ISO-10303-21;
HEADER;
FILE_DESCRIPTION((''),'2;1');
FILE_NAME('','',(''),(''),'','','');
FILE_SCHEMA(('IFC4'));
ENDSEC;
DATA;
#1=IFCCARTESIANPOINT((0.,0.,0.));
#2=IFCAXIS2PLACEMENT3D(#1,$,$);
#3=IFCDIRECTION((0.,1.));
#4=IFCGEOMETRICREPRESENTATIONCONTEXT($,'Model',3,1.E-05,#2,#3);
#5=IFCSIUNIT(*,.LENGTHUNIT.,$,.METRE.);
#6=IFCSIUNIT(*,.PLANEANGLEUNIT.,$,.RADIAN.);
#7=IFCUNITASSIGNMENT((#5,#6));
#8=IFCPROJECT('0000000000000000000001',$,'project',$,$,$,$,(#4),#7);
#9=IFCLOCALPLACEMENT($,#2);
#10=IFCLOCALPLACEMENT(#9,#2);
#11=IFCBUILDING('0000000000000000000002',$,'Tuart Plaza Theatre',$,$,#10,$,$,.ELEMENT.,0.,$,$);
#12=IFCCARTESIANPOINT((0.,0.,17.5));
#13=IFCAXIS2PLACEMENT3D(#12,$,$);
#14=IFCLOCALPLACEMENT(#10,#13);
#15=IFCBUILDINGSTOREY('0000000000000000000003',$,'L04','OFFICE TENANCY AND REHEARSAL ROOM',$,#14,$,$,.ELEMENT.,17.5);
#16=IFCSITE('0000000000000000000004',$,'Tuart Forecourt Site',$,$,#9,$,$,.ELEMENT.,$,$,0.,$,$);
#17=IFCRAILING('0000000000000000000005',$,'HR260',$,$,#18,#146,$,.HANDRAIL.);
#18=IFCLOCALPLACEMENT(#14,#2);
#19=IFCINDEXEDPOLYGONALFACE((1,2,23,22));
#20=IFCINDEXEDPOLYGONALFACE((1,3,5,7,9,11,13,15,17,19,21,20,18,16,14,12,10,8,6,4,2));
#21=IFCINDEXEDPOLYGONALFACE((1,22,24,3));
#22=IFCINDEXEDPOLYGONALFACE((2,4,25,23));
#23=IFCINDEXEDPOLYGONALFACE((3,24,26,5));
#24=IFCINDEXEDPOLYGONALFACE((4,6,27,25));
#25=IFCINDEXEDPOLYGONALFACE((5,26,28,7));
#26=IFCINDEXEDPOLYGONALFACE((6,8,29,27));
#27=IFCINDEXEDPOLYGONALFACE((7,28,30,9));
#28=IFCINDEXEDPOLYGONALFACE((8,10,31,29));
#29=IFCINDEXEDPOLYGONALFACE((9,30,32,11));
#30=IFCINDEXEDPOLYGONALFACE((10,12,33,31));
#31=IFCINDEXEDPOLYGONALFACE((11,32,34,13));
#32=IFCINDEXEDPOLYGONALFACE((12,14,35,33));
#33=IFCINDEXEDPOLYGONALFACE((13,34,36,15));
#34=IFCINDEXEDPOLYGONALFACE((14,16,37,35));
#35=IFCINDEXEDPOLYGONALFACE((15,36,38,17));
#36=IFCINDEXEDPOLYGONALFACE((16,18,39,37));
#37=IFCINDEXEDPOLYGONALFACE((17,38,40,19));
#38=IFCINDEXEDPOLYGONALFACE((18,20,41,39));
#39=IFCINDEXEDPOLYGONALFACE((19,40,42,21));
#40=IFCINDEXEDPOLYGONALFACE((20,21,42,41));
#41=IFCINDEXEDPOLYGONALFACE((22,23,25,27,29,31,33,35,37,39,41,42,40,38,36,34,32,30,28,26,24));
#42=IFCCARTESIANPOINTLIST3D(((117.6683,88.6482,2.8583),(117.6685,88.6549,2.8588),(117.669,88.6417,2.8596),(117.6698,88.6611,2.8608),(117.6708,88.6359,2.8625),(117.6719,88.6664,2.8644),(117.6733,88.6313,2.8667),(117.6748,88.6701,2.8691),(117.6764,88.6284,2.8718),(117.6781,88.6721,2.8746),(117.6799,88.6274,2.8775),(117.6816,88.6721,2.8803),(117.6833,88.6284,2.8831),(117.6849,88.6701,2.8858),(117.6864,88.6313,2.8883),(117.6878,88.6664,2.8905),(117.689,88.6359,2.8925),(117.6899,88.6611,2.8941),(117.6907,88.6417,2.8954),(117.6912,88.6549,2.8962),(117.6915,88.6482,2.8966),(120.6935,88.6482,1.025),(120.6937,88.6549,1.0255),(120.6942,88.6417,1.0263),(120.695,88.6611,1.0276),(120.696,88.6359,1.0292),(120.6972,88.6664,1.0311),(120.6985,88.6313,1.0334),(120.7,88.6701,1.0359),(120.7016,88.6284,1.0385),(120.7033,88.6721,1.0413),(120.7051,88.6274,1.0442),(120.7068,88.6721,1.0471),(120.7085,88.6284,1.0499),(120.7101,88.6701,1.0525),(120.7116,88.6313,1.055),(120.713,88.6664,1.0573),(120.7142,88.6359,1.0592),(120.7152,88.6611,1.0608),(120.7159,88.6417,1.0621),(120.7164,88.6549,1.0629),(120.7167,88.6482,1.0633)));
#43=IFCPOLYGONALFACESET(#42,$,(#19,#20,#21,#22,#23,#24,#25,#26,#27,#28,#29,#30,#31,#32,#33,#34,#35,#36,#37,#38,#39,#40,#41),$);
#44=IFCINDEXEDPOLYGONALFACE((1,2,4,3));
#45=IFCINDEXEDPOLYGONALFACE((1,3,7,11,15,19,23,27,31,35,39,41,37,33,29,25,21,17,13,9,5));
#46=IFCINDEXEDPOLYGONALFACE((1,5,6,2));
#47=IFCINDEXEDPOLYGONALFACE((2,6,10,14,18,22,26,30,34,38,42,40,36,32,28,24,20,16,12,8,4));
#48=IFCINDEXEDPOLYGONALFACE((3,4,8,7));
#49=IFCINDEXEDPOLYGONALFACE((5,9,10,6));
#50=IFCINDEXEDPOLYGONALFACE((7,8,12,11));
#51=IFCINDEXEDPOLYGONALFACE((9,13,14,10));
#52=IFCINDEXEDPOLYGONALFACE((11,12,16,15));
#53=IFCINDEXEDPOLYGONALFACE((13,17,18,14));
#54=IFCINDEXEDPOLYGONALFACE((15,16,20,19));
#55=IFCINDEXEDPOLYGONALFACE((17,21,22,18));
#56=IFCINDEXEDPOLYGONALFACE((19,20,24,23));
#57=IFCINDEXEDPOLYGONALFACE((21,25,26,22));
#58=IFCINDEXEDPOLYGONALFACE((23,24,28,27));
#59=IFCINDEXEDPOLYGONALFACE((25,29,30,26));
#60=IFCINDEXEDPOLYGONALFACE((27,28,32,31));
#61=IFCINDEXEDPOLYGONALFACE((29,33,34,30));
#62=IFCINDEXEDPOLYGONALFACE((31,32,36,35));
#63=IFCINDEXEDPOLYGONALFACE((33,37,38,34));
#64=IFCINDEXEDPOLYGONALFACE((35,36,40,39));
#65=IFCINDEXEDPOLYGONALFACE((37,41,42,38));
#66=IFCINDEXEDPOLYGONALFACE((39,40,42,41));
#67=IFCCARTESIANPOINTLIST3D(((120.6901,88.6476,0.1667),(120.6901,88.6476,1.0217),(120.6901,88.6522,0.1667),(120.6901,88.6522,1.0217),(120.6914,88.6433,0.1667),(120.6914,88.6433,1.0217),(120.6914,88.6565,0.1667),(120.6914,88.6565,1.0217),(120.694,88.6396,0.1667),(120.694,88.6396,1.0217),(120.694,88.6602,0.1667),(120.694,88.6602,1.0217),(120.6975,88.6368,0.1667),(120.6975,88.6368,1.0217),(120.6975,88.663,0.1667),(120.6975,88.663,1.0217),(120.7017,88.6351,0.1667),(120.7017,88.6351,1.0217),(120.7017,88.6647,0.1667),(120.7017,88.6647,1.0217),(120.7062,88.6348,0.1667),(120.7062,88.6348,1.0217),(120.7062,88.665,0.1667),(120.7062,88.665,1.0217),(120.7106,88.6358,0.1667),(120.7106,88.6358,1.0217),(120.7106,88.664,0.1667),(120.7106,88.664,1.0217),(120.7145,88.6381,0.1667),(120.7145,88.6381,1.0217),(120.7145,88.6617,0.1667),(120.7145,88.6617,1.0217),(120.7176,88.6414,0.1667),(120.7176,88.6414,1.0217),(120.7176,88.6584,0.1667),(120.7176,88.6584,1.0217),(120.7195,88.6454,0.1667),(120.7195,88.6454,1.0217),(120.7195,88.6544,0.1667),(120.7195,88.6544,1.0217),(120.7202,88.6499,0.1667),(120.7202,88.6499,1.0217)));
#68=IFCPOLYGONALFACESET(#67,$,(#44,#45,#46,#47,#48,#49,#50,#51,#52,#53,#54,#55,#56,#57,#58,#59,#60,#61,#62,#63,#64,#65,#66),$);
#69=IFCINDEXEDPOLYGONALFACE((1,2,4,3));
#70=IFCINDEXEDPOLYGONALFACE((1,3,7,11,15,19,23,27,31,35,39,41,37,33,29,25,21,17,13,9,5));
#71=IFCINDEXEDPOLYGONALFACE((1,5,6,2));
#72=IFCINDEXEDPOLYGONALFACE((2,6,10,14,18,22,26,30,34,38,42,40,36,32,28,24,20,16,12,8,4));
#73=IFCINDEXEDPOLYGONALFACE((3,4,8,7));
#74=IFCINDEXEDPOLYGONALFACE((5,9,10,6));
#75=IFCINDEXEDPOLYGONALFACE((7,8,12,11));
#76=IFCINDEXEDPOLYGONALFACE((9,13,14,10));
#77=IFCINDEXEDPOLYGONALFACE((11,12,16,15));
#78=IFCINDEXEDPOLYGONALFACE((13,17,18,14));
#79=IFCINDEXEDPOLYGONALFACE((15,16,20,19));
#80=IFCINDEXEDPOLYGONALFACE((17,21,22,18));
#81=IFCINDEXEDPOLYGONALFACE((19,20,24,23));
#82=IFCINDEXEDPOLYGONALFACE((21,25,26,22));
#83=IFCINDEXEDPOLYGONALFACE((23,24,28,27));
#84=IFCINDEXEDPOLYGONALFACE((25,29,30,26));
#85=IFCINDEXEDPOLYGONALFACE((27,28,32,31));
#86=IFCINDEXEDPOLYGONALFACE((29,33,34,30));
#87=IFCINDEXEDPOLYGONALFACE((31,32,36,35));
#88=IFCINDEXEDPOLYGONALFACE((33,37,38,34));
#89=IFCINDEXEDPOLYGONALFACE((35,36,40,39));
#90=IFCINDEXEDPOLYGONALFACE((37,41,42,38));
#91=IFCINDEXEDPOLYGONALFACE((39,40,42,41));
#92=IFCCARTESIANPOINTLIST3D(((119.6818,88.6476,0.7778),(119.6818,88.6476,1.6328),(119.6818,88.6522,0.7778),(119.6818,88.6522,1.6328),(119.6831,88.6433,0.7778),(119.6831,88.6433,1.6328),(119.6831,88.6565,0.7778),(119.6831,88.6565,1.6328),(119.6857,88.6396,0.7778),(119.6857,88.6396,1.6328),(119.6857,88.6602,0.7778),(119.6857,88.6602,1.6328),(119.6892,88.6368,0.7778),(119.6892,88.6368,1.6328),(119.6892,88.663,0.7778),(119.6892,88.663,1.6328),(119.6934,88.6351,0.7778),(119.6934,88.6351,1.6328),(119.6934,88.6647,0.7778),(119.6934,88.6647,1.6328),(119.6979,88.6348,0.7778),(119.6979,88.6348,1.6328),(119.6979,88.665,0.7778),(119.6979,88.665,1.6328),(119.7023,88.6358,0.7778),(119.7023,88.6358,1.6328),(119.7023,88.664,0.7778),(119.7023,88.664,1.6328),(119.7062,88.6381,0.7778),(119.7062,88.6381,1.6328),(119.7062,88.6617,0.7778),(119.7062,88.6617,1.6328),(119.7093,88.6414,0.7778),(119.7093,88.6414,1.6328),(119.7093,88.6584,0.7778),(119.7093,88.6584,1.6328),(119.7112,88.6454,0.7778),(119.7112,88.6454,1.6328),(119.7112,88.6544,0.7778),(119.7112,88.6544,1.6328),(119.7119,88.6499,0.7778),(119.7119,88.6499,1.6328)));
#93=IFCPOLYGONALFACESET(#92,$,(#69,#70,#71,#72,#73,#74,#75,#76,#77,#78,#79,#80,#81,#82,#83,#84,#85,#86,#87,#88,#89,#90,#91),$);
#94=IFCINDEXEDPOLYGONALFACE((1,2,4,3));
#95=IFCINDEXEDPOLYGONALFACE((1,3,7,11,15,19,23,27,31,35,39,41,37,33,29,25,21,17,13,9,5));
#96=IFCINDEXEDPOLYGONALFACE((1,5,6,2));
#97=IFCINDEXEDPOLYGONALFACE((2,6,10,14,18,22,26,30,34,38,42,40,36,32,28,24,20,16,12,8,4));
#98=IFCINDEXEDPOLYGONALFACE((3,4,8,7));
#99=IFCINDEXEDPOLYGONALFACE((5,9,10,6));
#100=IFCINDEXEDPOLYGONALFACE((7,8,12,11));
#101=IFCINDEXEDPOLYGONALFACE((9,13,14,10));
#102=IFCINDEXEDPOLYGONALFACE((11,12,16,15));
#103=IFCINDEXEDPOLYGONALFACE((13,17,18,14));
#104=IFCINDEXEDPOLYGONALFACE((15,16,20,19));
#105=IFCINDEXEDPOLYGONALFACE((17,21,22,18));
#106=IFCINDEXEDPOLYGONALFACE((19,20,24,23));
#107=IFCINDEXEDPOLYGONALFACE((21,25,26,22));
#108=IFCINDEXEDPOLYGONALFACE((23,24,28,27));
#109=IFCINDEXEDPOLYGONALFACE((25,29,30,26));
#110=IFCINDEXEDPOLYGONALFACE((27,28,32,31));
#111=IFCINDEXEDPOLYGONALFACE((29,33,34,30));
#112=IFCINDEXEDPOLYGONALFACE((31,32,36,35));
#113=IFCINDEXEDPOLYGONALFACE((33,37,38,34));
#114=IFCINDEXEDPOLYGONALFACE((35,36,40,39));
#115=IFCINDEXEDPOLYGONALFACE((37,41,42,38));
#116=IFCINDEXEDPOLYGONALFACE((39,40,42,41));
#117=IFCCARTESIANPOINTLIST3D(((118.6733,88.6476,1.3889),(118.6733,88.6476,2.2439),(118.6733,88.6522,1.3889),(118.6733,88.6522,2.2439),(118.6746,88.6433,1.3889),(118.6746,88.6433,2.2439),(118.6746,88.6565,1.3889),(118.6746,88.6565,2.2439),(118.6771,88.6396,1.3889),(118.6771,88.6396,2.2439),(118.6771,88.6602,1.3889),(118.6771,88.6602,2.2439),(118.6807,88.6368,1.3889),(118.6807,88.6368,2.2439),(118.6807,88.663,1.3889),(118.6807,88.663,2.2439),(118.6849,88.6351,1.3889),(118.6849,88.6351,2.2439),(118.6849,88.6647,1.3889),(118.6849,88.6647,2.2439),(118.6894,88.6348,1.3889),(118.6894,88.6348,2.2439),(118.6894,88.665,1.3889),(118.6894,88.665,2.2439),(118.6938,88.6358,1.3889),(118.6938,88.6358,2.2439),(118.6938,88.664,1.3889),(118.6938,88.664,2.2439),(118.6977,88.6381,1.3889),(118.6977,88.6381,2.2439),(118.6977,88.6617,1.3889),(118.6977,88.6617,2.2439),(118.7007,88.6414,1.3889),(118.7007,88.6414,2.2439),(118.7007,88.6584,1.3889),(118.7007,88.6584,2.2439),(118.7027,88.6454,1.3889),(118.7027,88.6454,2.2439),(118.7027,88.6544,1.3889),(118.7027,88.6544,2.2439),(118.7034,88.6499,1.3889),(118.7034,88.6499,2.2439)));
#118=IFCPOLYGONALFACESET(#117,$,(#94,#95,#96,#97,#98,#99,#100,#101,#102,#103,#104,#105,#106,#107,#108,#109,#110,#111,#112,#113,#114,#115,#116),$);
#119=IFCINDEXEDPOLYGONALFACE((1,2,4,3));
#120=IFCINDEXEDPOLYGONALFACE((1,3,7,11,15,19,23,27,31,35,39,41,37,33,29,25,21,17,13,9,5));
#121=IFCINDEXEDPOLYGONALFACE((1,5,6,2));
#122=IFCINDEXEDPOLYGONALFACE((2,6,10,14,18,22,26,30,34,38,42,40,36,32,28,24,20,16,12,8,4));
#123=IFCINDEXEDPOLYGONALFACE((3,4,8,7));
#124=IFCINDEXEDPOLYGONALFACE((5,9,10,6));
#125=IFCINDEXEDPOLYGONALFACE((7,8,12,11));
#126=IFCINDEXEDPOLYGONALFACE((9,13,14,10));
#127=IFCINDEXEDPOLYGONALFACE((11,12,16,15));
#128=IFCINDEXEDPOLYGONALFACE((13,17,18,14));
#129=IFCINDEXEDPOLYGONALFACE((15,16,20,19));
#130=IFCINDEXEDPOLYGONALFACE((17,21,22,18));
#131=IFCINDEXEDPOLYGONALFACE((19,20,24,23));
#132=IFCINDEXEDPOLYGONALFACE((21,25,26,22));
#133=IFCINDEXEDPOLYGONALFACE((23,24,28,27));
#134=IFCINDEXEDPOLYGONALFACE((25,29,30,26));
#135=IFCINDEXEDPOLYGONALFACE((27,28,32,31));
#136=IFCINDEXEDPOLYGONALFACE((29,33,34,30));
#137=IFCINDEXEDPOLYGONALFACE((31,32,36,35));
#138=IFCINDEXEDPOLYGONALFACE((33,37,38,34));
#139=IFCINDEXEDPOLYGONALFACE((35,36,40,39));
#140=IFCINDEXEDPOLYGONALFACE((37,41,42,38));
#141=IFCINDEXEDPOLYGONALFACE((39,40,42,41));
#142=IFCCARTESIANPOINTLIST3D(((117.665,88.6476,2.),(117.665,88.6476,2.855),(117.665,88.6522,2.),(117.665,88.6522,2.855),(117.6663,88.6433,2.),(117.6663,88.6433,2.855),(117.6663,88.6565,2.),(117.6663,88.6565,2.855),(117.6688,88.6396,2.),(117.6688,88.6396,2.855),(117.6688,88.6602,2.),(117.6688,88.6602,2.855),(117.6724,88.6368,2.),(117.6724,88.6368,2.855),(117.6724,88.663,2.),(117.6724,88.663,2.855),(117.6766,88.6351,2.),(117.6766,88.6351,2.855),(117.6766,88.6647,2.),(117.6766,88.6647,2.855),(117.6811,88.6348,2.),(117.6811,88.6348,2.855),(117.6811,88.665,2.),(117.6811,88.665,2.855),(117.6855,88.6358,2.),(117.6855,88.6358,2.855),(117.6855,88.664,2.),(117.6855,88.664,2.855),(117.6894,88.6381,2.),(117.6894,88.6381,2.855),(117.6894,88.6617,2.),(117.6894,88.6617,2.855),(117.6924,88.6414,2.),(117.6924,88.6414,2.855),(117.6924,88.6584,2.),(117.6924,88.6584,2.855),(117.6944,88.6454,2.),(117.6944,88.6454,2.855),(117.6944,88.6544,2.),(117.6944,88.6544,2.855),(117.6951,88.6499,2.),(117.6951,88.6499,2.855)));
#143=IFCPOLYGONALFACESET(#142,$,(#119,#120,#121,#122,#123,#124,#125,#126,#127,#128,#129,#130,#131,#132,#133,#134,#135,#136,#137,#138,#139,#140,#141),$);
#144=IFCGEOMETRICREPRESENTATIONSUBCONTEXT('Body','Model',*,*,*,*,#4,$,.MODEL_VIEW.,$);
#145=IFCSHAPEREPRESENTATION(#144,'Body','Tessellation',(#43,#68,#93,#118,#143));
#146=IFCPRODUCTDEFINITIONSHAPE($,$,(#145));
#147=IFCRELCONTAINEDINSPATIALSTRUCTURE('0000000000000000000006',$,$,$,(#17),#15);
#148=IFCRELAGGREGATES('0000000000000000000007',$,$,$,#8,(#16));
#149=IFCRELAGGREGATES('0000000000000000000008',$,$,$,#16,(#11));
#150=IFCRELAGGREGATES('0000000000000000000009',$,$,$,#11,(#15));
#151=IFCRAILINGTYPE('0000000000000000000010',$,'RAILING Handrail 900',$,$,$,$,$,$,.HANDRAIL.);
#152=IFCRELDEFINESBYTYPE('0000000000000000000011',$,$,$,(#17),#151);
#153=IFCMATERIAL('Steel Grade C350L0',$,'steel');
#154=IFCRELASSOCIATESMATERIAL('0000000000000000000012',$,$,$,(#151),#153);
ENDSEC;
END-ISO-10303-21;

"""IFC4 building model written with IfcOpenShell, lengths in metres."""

from ifc_helpers import new_model, si_unit, direction, frame, origin, origin_2d, place, context, subcontext, project, spatial, circle, extrude, material, type_object, element, save


model = new_model("IFC4")

# Units and contexts
model_context = context("Model", 3, precision=1e-05, world=origin(), true_north=direction((0.0, 1.0)))
body_context = subcontext(model_context, "Body", "Model", "MODEL_VIEW")
ifc_project = project(units=[si_unit("LENGTHUNIT", "METRE"), si_unit("PLANEANGLEUNIT", "RADIAN")], contexts=[model_context])

# Site, building, storey
site_placement = place(None, origin())
site = spatial("IfcSite", under=ifc_project, at=site_placement, Name="Tuart Forecourt Site", CompositionType="ELEMENT", RefElevation=0.0)
building_placement = place(site_placement, origin())
building = spatial("IfcBuilding", under=site, at=building_placement, Name="Tuart Plaza Theatre", CompositionType="ELEMENT", ElevationOfRefHeight=0.0)
storey_placement = place(building_placement, frame((0.0, 0.0, 17.5)))
storey = spatial("IfcBuildingStorey", under=building, at=storey_placement, Name="L04", Description="OFFICE TENANCY AND REHEARSAL ROOM", CompositionType="ELEMENT", Elevation=17.5)

# Railing
ifc_material_1 = material(Name="Steel Grade C350L0", Category="steel")
railing_type_1 = type_object("IfcRailingType", Name="RAILING Handrail 900", PredefinedType="HANDRAIL", material=ifc_material_1)
for number, where, name in (
    (1, (120.7051, 88.6499, 0.1667), "HR260"),
):
    element("IfcRailing", number, at=place(storey_placement, frame(where)), inside=storey, type_object=railing_type_1, Name=name, PredefinedType="HANDRAIL", context=body_context, shape_type="SweptSolid", body=[
        extrude(circle(Radius=0.0225, at=origin_2d()), frame((0.0, 0.0, 0.8774), z_axis=(-0.855219, 0.0, 0.518267), x_axis=(0.0, -1.0, 0.0)), (0.0, 0.0, 1.0), 3.5374),
        extrude(circle(Radius=0.0151, at=origin_2d()), origin(), (0.0, 0.0, 1.0), 0.855),
        extrude(circle(Radius=0.0151, at=origin_2d()), frame((-1.0083, 0.0, 0.6111)), (0.0, 0.0, 1.0), 0.855),
        extrude(circle(Radius=0.0151, at=origin_2d()), frame((-2.0168, 0.0, 1.2222)), (0.0, 0.0, 1.0), 0.855),
        extrude(circle(Radius=0.0151, at=origin_2d()), frame((-3.0251, 0.0, 1.8333)), (0.0, 0.0, 1.0), 0.855),
    ])

save(model, "model.ifc")
